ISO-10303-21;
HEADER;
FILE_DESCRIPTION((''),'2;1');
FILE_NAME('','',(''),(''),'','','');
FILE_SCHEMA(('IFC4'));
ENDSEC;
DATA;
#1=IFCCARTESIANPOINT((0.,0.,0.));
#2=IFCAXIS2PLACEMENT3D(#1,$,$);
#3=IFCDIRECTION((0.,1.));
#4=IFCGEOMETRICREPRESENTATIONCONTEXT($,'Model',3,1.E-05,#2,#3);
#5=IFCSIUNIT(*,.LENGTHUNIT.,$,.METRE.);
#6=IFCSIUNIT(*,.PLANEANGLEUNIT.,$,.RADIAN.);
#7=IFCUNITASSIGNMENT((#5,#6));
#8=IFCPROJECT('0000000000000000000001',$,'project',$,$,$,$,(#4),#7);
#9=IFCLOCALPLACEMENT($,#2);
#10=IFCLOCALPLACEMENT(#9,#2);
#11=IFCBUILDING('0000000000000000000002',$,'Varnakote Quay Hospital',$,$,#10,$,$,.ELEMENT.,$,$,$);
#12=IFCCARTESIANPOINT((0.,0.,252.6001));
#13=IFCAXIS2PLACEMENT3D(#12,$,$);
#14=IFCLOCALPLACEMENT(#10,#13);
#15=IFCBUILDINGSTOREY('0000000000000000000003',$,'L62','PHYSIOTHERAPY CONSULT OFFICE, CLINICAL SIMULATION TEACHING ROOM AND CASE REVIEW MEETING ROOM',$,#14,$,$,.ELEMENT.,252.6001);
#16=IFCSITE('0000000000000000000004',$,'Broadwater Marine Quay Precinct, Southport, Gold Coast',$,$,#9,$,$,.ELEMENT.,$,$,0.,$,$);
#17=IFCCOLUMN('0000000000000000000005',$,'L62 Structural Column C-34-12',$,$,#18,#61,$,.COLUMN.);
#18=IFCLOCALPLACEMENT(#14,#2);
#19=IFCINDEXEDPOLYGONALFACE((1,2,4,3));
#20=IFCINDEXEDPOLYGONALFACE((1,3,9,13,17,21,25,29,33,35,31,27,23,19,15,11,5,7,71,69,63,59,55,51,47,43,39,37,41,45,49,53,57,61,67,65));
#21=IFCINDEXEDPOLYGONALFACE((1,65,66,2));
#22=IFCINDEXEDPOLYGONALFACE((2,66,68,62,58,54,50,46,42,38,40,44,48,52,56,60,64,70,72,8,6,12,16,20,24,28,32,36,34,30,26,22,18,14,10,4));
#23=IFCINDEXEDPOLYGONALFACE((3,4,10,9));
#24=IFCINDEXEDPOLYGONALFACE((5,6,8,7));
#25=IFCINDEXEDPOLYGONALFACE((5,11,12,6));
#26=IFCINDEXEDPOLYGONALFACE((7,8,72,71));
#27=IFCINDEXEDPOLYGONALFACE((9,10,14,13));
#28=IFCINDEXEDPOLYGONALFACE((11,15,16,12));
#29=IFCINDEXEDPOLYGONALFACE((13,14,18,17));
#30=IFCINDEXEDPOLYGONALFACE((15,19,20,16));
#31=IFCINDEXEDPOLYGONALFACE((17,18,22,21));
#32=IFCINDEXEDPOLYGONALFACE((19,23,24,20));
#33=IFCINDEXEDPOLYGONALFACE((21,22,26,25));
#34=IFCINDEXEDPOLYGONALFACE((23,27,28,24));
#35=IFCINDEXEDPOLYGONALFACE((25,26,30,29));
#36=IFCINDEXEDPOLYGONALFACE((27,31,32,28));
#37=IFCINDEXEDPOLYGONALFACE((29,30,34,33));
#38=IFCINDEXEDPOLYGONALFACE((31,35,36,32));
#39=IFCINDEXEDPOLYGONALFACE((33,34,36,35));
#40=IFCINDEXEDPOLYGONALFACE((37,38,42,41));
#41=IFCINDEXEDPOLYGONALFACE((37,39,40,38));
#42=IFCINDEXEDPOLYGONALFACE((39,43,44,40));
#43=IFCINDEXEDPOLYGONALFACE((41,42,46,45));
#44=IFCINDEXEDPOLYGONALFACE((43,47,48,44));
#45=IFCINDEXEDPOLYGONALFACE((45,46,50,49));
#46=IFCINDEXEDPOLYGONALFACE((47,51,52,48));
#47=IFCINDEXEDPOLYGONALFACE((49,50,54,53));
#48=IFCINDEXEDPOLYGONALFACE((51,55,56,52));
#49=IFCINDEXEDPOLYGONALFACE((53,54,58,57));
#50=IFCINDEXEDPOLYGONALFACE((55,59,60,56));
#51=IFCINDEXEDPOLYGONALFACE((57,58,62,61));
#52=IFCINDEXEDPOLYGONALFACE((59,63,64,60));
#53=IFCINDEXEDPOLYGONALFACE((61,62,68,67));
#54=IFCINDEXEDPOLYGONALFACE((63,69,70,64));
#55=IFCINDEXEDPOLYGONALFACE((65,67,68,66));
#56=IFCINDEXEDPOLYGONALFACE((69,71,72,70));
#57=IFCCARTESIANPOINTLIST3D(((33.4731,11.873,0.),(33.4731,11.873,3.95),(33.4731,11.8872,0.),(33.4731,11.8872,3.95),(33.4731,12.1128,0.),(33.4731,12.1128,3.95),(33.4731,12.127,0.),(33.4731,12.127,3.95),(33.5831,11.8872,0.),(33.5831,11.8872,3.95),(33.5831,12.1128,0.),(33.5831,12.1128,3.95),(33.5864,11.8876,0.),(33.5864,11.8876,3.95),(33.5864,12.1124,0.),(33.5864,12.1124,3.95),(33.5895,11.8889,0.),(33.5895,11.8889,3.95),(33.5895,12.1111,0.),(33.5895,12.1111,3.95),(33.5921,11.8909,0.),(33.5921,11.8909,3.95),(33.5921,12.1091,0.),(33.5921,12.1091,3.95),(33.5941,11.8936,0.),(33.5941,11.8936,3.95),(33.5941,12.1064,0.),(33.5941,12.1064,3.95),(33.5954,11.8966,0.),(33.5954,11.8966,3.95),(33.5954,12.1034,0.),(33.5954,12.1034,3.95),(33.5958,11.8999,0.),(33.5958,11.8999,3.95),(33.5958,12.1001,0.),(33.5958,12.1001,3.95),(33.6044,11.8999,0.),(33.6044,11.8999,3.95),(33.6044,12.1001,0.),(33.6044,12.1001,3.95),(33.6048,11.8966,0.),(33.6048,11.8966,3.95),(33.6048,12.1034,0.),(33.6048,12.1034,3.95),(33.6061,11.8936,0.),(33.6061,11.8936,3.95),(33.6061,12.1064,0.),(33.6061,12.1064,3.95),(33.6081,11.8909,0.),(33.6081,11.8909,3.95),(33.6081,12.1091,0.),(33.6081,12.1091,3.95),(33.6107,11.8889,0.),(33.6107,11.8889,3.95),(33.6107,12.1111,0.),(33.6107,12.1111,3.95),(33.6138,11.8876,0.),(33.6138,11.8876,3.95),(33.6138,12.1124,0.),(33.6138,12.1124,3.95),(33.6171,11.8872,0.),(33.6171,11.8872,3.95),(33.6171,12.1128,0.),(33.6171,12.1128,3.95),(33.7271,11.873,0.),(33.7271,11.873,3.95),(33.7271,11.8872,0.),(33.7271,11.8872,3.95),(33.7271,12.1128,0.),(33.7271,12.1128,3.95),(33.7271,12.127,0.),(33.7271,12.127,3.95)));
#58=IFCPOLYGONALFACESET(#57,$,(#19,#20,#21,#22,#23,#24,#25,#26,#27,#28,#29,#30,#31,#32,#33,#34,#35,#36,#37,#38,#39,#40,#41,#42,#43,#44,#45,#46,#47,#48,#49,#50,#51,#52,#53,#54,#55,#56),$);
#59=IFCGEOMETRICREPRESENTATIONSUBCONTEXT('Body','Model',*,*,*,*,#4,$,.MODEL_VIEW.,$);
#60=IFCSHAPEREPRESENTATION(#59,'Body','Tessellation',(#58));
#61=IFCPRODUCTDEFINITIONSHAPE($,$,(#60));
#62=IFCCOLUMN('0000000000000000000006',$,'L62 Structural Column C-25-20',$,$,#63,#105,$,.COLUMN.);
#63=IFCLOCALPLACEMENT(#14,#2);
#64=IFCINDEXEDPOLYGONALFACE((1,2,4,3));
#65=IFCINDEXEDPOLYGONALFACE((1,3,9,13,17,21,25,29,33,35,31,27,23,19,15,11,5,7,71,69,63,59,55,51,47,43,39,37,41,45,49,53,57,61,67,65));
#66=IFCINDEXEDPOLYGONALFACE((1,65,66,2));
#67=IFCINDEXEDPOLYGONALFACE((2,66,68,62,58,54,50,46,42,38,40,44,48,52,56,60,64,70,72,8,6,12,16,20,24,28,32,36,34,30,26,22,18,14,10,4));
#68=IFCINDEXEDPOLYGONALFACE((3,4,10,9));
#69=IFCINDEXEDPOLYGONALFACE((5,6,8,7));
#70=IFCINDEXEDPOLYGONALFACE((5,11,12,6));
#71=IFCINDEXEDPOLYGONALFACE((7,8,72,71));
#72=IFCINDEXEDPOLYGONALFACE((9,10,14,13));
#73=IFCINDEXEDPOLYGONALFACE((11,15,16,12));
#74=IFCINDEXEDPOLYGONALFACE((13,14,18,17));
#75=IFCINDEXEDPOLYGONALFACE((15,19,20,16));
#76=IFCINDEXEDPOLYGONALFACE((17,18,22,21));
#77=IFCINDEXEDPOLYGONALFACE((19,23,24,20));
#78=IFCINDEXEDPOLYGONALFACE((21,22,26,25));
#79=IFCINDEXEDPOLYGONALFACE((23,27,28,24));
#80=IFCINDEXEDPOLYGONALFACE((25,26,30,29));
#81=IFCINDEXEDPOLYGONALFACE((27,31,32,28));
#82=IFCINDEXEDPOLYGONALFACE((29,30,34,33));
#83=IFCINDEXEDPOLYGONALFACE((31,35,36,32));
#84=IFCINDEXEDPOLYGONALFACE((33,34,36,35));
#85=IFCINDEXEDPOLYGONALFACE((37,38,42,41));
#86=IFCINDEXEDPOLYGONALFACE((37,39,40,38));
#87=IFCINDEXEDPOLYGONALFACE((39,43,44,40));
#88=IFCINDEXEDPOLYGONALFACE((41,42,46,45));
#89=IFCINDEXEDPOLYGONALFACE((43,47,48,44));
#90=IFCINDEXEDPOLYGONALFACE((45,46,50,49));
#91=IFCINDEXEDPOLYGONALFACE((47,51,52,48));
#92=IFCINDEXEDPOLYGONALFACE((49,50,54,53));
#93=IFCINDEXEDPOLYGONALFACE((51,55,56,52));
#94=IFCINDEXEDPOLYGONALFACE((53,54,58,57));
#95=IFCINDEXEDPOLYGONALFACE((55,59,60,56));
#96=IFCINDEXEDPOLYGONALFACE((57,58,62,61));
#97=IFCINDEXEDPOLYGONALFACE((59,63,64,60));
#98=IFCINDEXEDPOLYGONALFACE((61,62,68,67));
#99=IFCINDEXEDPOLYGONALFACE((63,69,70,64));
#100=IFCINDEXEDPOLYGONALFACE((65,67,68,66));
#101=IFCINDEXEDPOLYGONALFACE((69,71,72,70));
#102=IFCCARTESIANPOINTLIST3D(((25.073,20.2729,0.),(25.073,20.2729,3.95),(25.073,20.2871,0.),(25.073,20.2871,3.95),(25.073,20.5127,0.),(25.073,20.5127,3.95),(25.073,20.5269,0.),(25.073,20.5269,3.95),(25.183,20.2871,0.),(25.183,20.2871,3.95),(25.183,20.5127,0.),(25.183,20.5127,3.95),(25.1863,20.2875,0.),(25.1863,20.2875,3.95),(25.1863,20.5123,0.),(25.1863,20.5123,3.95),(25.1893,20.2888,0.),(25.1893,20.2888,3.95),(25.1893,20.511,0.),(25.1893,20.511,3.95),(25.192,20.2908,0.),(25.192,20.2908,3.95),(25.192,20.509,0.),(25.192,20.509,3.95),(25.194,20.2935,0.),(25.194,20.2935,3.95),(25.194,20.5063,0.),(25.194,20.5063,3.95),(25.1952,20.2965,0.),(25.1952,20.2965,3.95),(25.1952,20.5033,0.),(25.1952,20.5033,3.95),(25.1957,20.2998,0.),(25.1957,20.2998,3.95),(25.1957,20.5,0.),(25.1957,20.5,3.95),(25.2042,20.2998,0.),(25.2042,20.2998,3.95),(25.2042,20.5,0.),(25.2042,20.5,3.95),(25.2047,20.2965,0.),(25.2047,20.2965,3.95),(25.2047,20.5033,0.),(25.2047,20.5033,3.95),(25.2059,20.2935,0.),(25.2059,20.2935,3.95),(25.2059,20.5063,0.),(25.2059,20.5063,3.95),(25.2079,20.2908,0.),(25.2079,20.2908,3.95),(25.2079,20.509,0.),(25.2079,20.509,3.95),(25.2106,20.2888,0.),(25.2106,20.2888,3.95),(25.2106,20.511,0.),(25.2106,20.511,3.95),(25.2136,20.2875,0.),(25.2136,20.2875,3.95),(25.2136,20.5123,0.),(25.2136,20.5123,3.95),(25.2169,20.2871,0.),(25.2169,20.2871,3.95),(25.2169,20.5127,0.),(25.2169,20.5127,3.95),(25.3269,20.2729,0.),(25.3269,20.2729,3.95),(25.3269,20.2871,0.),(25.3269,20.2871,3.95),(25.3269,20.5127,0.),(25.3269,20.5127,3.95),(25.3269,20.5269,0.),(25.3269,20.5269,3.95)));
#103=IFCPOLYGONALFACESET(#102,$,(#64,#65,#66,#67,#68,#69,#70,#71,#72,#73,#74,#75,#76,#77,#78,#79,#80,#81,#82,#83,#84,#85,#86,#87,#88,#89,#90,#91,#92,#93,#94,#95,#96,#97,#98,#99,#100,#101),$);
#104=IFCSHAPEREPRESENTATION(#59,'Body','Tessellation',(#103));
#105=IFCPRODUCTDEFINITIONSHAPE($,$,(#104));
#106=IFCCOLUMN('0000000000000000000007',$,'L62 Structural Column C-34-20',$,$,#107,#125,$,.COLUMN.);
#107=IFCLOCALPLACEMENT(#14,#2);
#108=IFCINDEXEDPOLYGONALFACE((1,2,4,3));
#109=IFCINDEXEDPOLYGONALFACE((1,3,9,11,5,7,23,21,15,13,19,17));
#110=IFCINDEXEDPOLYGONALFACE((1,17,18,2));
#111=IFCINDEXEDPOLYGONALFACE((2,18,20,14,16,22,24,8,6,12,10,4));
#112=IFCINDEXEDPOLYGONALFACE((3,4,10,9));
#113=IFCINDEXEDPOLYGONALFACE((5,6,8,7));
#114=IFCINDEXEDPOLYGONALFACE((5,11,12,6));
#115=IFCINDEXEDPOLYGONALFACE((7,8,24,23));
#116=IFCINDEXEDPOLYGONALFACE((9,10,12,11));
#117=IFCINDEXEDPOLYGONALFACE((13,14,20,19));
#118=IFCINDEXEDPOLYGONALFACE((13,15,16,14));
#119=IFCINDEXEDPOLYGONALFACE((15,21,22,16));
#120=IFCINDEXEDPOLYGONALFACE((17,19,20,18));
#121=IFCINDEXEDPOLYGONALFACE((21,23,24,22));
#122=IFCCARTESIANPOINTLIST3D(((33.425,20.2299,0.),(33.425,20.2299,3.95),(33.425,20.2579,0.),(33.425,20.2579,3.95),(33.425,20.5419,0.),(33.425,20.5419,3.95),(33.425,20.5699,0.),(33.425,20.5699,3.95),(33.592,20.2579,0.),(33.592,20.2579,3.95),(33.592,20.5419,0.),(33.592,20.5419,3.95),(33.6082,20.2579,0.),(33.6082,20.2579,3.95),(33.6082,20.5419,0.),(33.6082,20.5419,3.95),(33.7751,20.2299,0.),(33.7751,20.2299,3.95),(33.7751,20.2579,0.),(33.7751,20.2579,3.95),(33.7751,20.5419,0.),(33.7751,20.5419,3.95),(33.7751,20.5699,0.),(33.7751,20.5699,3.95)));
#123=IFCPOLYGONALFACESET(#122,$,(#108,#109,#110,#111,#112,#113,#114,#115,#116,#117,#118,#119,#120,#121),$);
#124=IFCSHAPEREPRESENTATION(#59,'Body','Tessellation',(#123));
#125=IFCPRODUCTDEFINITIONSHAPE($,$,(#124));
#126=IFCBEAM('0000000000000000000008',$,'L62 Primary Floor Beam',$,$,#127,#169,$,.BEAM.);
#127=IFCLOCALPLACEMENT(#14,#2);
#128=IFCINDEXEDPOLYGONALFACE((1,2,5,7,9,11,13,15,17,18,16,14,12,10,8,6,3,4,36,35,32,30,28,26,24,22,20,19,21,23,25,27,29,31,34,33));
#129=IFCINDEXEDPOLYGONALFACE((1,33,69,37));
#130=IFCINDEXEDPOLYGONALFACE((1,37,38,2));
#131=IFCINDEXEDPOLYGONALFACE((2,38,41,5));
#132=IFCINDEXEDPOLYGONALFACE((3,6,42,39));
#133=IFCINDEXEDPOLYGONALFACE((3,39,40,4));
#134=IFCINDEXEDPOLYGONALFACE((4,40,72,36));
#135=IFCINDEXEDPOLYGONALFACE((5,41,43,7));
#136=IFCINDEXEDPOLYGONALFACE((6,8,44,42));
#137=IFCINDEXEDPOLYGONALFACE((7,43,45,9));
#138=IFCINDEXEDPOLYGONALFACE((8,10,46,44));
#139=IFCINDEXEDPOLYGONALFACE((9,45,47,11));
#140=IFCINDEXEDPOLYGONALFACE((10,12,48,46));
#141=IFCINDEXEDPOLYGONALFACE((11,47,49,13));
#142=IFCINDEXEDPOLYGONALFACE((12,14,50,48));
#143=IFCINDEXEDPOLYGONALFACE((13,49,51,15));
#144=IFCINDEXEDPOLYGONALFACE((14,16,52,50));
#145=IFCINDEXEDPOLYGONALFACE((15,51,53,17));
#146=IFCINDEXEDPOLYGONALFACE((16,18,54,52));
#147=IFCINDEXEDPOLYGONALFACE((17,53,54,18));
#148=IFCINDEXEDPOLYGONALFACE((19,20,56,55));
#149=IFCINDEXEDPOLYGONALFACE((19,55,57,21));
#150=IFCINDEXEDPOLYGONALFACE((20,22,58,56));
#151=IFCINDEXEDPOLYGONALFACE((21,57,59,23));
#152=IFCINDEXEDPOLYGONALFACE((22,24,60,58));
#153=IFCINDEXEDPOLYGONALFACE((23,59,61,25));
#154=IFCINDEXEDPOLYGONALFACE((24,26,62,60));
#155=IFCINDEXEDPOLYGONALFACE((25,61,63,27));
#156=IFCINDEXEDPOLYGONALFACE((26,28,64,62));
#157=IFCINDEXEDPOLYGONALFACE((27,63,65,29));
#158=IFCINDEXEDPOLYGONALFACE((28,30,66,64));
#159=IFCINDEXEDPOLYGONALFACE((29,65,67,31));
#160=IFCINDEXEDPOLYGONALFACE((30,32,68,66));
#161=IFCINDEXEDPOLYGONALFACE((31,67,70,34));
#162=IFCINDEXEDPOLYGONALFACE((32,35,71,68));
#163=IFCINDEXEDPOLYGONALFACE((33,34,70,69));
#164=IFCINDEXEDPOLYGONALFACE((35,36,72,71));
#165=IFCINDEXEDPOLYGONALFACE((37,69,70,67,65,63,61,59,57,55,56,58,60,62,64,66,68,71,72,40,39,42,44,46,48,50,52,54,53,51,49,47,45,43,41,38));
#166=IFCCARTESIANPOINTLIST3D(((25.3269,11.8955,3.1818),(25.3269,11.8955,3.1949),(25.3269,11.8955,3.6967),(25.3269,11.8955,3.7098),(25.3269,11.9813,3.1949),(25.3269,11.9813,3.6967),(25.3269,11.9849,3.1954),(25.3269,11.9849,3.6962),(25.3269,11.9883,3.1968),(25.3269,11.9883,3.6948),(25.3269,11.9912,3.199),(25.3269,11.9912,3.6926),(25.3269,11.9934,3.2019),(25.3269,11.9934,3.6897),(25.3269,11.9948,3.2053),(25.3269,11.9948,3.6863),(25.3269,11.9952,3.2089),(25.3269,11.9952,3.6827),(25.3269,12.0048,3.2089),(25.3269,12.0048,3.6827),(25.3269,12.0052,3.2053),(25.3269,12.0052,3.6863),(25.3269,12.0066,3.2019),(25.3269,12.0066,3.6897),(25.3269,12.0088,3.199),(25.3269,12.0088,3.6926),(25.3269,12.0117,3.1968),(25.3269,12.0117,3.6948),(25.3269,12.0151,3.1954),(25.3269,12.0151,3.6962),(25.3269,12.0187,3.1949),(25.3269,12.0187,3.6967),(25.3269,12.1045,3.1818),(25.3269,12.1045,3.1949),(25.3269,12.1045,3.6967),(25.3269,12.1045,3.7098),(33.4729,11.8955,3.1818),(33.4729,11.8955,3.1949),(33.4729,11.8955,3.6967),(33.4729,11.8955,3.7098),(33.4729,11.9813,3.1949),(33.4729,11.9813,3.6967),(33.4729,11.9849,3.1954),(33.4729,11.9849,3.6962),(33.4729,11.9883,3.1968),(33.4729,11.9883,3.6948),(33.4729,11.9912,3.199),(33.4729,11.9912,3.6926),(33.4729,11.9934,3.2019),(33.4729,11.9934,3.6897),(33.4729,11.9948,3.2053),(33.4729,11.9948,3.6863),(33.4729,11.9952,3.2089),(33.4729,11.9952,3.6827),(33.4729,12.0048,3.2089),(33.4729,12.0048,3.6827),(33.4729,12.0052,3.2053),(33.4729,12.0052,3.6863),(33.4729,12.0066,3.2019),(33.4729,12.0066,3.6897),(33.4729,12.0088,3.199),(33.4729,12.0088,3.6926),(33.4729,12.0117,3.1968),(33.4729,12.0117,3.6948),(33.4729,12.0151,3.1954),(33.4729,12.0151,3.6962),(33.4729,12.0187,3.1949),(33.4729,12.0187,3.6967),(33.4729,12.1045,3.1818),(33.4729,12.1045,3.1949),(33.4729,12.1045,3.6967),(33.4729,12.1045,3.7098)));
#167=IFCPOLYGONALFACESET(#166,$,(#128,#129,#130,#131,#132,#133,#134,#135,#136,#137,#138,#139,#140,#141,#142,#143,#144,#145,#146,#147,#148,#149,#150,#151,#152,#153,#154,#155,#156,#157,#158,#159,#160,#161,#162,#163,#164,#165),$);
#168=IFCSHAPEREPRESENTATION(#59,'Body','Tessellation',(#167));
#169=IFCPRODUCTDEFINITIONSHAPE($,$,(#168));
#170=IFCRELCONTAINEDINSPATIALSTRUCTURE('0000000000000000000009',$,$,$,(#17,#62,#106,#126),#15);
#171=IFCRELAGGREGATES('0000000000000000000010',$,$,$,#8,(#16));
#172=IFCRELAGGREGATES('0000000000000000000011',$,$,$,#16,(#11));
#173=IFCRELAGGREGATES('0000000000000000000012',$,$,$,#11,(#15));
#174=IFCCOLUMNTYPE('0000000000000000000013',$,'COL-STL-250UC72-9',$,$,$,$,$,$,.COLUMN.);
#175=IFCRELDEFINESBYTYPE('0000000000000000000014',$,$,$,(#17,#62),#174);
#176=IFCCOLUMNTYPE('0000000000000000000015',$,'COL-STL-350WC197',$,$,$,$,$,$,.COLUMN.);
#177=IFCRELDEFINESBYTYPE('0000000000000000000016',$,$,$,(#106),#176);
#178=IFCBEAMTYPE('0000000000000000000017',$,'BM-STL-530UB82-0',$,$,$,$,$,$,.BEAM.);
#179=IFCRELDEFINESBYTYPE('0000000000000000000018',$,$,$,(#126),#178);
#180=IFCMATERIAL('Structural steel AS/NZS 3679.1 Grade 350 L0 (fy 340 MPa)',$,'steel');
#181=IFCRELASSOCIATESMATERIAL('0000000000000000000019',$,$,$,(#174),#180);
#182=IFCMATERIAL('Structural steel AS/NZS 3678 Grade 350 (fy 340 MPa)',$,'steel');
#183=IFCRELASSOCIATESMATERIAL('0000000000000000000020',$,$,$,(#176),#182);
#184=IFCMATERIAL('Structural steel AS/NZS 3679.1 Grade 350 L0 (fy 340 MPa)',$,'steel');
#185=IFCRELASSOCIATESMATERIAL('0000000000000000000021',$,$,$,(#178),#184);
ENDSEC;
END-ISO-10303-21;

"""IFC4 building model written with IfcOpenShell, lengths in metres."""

from ifc_helpers import new_model, si_unit, direction, frame, origin, origin_2d, place, context, subcontext, project, spatial, i_section, extrude, material, material_profile, profile_set, type_object, element, save


model = new_model("IFC4")

# Units and contexts
model_context = context("Model", 3, precision=1e-05, world=origin(), true_north=direction((0.0, 1.0)))
body_context = subcontext(model_context, "Body", "Model", "MODEL_VIEW")
ifc_project = project(units=[si_unit("LENGTHUNIT", "METRE"), si_unit("PLANEANGLEUNIT", "RADIAN")], contexts=[model_context])

# Site, building, storey
site_placement = place(None, origin())
site = spatial("IfcSite", under=ifc_project, at=site_placement, Name="Broadwater Marine Quay Precinct, Southport, Gold Coast", CompositionType="ELEMENT", RefElevation=0.0)
building_placement = place(site_placement, origin())
building = spatial("IfcBuilding", under=site, at=building_placement, Name="Varnakote Quay Hospital", CompositionType="ELEMENT")
storey_placement = place(building_placement, frame((0.0, 0.0, 252.6001)))
storey = spatial("IfcBuildingStorey", under=building, at=storey_placement, Name="L62", Description="PHYSIOTHERAPY CONSULT OFFICE, CLINICAL SIMULATION TEACHING ROOM AND CASE REVIEW MEETING ROOM", CompositionType="ELEMENT", Elevation=252.6001)

# Columns
ifc_material_1 = material(Name="Structural steel AS/NZS 3679.1 Grade 350 L0 (fy 340 MPa)", Category="steel")
ifc_material_profile_1 = material_profile(ifc_material_1, i_section(OverallWidth=0.2539, OverallDepth=0.2539, WebThickness=0.0085, FlangeThickness=0.0142, FilletRadius=0.0127, at=origin_2d()), Name="250UC72.9")
ifc_profile_set_1 = profile_set([ifc_material_profile_1], Name="Structural steel AS/NZS 3679.1 Grade 350 L0 (fy 340 MPa)")
column_type_1 = type_object("IfcColumnType", Name="COL-STL-250UC72-9", PredefinedType="COLUMN", material=ifc_profile_set_1)
for number, where, z_axis, x_axis, name in (
    (1, (33.6001, 12.0, 0.0), (0.0, 0.0, 1.0), (1.0, 0.0, 0.0), "L62 Structural Column C-34-12"),
    (2, (25.2, 20.3999, 0.0), (0.0, 0.0, 1.0), (1.0, 0.0, 0.0), "L62 Structural Column C-25-20"),
):
    element("IfcColumn", number, at=place(storey_placement, frame(where, z_axis=z_axis, x_axis=x_axis)), inside=storey, type_object=column_type_1, Name=name, PredefinedType="COLUMN", context=body_context, shape_type="SweptSolid", body=[
        extrude(i_section(OverallWidth=0.2539, OverallDepth=0.2539, WebThickness=0.0085, FlangeThickness=0.0142, FilletRadius=0.0127, at=origin_2d()), origin(), (0.0, 0.0, 1.0), 3.95),
    ])
ifc_material_2 = material(Name="Structural steel AS/NZS 3678 Grade 350 (fy 340 MPa)", Category="steel")
ifc_material_profile_2 = material_profile(ifc_material_2, i_section(OverallWidth=0.3501, OverallDepth=0.3401, WebThickness=0.0161, FlangeThickness=0.0281, at=origin_2d()), Name="350WC197")
ifc_profile_set_2 = profile_set([ifc_material_profile_2], Name="Structural steel AS/NZS 3678 Grade 350 (fy 340 MPa)")
column_type_2 = type_object("IfcColumnType", Name="COL-STL-350WC197", PredefinedType="COLUMN", material=ifc_profile_set_2)
column_placement = place(storey_placement, frame((33.6001, 20.3999, 0.0), z_axis=(0.0, 0.0, 1.0), x_axis=(1.0, 0.0, 0.0)))
element("IfcColumn", 3, at=column_placement, inside=storey, type_object=column_type_2, Name="L62 Structural Column C-34-20", PredefinedType="COLUMN", context=body_context, shape_type="SweptSolid", body=[
    extrude(i_section(OverallWidth=0.3501, OverallDepth=0.3401, WebThickness=0.0161, FlangeThickness=0.0281, at=origin_2d()), origin(), (0.0, 0.0, 1.0), 3.95),
])

# Beam
ifc_material_3 = material(Name="Structural steel AS/NZS 3679.1 Grade 350 L0 (fy 340 MPa)", Category="steel")
ifc_material_profile_3 = material_profile(ifc_material_3, i_section(OverallWidth=0.209, OverallDepth=0.5281, WebThickness=0.0095, FlangeThickness=0.0132, FilletRadius=0.0139, at=origin_2d()), Name="530UB82.0")
ifc_profile_set_3 = profile_set([ifc_material_profile_3], Name="Structural steel AS/NZS 3679.1 Grade 350 L0 (fy 340 MPa)")
beam_type_1 = type_object("IfcBeamType", Name="BM-STL-530UB82-0", PredefinedType="BEAM", material=ifc_profile_set_3)
beam_1_placement = place(storey_placement, frame((25.3269, 12.0, 3.4458), z_axis=(1.0, 0.0, 0.0), x_axis=(0.0, 1.0, 0.0)))
element("IfcBeam", 4, at=beam_1_placement, inside=storey, type_object=beam_type_1, Name="L62 Primary Floor Beam", PredefinedType="BEAM", context=body_context, shape_type="SweptSolid", body=[
    extrude(i_section(OverallWidth=0.209, OverallDepth=0.5281, WebThickness=0.0095, FlangeThickness=0.0132, FilletRadius=0.0139, at=origin_2d()), origin(), (0.0, 0.0, 1.0), 8.146),
])

save(model, "model.ifc")
